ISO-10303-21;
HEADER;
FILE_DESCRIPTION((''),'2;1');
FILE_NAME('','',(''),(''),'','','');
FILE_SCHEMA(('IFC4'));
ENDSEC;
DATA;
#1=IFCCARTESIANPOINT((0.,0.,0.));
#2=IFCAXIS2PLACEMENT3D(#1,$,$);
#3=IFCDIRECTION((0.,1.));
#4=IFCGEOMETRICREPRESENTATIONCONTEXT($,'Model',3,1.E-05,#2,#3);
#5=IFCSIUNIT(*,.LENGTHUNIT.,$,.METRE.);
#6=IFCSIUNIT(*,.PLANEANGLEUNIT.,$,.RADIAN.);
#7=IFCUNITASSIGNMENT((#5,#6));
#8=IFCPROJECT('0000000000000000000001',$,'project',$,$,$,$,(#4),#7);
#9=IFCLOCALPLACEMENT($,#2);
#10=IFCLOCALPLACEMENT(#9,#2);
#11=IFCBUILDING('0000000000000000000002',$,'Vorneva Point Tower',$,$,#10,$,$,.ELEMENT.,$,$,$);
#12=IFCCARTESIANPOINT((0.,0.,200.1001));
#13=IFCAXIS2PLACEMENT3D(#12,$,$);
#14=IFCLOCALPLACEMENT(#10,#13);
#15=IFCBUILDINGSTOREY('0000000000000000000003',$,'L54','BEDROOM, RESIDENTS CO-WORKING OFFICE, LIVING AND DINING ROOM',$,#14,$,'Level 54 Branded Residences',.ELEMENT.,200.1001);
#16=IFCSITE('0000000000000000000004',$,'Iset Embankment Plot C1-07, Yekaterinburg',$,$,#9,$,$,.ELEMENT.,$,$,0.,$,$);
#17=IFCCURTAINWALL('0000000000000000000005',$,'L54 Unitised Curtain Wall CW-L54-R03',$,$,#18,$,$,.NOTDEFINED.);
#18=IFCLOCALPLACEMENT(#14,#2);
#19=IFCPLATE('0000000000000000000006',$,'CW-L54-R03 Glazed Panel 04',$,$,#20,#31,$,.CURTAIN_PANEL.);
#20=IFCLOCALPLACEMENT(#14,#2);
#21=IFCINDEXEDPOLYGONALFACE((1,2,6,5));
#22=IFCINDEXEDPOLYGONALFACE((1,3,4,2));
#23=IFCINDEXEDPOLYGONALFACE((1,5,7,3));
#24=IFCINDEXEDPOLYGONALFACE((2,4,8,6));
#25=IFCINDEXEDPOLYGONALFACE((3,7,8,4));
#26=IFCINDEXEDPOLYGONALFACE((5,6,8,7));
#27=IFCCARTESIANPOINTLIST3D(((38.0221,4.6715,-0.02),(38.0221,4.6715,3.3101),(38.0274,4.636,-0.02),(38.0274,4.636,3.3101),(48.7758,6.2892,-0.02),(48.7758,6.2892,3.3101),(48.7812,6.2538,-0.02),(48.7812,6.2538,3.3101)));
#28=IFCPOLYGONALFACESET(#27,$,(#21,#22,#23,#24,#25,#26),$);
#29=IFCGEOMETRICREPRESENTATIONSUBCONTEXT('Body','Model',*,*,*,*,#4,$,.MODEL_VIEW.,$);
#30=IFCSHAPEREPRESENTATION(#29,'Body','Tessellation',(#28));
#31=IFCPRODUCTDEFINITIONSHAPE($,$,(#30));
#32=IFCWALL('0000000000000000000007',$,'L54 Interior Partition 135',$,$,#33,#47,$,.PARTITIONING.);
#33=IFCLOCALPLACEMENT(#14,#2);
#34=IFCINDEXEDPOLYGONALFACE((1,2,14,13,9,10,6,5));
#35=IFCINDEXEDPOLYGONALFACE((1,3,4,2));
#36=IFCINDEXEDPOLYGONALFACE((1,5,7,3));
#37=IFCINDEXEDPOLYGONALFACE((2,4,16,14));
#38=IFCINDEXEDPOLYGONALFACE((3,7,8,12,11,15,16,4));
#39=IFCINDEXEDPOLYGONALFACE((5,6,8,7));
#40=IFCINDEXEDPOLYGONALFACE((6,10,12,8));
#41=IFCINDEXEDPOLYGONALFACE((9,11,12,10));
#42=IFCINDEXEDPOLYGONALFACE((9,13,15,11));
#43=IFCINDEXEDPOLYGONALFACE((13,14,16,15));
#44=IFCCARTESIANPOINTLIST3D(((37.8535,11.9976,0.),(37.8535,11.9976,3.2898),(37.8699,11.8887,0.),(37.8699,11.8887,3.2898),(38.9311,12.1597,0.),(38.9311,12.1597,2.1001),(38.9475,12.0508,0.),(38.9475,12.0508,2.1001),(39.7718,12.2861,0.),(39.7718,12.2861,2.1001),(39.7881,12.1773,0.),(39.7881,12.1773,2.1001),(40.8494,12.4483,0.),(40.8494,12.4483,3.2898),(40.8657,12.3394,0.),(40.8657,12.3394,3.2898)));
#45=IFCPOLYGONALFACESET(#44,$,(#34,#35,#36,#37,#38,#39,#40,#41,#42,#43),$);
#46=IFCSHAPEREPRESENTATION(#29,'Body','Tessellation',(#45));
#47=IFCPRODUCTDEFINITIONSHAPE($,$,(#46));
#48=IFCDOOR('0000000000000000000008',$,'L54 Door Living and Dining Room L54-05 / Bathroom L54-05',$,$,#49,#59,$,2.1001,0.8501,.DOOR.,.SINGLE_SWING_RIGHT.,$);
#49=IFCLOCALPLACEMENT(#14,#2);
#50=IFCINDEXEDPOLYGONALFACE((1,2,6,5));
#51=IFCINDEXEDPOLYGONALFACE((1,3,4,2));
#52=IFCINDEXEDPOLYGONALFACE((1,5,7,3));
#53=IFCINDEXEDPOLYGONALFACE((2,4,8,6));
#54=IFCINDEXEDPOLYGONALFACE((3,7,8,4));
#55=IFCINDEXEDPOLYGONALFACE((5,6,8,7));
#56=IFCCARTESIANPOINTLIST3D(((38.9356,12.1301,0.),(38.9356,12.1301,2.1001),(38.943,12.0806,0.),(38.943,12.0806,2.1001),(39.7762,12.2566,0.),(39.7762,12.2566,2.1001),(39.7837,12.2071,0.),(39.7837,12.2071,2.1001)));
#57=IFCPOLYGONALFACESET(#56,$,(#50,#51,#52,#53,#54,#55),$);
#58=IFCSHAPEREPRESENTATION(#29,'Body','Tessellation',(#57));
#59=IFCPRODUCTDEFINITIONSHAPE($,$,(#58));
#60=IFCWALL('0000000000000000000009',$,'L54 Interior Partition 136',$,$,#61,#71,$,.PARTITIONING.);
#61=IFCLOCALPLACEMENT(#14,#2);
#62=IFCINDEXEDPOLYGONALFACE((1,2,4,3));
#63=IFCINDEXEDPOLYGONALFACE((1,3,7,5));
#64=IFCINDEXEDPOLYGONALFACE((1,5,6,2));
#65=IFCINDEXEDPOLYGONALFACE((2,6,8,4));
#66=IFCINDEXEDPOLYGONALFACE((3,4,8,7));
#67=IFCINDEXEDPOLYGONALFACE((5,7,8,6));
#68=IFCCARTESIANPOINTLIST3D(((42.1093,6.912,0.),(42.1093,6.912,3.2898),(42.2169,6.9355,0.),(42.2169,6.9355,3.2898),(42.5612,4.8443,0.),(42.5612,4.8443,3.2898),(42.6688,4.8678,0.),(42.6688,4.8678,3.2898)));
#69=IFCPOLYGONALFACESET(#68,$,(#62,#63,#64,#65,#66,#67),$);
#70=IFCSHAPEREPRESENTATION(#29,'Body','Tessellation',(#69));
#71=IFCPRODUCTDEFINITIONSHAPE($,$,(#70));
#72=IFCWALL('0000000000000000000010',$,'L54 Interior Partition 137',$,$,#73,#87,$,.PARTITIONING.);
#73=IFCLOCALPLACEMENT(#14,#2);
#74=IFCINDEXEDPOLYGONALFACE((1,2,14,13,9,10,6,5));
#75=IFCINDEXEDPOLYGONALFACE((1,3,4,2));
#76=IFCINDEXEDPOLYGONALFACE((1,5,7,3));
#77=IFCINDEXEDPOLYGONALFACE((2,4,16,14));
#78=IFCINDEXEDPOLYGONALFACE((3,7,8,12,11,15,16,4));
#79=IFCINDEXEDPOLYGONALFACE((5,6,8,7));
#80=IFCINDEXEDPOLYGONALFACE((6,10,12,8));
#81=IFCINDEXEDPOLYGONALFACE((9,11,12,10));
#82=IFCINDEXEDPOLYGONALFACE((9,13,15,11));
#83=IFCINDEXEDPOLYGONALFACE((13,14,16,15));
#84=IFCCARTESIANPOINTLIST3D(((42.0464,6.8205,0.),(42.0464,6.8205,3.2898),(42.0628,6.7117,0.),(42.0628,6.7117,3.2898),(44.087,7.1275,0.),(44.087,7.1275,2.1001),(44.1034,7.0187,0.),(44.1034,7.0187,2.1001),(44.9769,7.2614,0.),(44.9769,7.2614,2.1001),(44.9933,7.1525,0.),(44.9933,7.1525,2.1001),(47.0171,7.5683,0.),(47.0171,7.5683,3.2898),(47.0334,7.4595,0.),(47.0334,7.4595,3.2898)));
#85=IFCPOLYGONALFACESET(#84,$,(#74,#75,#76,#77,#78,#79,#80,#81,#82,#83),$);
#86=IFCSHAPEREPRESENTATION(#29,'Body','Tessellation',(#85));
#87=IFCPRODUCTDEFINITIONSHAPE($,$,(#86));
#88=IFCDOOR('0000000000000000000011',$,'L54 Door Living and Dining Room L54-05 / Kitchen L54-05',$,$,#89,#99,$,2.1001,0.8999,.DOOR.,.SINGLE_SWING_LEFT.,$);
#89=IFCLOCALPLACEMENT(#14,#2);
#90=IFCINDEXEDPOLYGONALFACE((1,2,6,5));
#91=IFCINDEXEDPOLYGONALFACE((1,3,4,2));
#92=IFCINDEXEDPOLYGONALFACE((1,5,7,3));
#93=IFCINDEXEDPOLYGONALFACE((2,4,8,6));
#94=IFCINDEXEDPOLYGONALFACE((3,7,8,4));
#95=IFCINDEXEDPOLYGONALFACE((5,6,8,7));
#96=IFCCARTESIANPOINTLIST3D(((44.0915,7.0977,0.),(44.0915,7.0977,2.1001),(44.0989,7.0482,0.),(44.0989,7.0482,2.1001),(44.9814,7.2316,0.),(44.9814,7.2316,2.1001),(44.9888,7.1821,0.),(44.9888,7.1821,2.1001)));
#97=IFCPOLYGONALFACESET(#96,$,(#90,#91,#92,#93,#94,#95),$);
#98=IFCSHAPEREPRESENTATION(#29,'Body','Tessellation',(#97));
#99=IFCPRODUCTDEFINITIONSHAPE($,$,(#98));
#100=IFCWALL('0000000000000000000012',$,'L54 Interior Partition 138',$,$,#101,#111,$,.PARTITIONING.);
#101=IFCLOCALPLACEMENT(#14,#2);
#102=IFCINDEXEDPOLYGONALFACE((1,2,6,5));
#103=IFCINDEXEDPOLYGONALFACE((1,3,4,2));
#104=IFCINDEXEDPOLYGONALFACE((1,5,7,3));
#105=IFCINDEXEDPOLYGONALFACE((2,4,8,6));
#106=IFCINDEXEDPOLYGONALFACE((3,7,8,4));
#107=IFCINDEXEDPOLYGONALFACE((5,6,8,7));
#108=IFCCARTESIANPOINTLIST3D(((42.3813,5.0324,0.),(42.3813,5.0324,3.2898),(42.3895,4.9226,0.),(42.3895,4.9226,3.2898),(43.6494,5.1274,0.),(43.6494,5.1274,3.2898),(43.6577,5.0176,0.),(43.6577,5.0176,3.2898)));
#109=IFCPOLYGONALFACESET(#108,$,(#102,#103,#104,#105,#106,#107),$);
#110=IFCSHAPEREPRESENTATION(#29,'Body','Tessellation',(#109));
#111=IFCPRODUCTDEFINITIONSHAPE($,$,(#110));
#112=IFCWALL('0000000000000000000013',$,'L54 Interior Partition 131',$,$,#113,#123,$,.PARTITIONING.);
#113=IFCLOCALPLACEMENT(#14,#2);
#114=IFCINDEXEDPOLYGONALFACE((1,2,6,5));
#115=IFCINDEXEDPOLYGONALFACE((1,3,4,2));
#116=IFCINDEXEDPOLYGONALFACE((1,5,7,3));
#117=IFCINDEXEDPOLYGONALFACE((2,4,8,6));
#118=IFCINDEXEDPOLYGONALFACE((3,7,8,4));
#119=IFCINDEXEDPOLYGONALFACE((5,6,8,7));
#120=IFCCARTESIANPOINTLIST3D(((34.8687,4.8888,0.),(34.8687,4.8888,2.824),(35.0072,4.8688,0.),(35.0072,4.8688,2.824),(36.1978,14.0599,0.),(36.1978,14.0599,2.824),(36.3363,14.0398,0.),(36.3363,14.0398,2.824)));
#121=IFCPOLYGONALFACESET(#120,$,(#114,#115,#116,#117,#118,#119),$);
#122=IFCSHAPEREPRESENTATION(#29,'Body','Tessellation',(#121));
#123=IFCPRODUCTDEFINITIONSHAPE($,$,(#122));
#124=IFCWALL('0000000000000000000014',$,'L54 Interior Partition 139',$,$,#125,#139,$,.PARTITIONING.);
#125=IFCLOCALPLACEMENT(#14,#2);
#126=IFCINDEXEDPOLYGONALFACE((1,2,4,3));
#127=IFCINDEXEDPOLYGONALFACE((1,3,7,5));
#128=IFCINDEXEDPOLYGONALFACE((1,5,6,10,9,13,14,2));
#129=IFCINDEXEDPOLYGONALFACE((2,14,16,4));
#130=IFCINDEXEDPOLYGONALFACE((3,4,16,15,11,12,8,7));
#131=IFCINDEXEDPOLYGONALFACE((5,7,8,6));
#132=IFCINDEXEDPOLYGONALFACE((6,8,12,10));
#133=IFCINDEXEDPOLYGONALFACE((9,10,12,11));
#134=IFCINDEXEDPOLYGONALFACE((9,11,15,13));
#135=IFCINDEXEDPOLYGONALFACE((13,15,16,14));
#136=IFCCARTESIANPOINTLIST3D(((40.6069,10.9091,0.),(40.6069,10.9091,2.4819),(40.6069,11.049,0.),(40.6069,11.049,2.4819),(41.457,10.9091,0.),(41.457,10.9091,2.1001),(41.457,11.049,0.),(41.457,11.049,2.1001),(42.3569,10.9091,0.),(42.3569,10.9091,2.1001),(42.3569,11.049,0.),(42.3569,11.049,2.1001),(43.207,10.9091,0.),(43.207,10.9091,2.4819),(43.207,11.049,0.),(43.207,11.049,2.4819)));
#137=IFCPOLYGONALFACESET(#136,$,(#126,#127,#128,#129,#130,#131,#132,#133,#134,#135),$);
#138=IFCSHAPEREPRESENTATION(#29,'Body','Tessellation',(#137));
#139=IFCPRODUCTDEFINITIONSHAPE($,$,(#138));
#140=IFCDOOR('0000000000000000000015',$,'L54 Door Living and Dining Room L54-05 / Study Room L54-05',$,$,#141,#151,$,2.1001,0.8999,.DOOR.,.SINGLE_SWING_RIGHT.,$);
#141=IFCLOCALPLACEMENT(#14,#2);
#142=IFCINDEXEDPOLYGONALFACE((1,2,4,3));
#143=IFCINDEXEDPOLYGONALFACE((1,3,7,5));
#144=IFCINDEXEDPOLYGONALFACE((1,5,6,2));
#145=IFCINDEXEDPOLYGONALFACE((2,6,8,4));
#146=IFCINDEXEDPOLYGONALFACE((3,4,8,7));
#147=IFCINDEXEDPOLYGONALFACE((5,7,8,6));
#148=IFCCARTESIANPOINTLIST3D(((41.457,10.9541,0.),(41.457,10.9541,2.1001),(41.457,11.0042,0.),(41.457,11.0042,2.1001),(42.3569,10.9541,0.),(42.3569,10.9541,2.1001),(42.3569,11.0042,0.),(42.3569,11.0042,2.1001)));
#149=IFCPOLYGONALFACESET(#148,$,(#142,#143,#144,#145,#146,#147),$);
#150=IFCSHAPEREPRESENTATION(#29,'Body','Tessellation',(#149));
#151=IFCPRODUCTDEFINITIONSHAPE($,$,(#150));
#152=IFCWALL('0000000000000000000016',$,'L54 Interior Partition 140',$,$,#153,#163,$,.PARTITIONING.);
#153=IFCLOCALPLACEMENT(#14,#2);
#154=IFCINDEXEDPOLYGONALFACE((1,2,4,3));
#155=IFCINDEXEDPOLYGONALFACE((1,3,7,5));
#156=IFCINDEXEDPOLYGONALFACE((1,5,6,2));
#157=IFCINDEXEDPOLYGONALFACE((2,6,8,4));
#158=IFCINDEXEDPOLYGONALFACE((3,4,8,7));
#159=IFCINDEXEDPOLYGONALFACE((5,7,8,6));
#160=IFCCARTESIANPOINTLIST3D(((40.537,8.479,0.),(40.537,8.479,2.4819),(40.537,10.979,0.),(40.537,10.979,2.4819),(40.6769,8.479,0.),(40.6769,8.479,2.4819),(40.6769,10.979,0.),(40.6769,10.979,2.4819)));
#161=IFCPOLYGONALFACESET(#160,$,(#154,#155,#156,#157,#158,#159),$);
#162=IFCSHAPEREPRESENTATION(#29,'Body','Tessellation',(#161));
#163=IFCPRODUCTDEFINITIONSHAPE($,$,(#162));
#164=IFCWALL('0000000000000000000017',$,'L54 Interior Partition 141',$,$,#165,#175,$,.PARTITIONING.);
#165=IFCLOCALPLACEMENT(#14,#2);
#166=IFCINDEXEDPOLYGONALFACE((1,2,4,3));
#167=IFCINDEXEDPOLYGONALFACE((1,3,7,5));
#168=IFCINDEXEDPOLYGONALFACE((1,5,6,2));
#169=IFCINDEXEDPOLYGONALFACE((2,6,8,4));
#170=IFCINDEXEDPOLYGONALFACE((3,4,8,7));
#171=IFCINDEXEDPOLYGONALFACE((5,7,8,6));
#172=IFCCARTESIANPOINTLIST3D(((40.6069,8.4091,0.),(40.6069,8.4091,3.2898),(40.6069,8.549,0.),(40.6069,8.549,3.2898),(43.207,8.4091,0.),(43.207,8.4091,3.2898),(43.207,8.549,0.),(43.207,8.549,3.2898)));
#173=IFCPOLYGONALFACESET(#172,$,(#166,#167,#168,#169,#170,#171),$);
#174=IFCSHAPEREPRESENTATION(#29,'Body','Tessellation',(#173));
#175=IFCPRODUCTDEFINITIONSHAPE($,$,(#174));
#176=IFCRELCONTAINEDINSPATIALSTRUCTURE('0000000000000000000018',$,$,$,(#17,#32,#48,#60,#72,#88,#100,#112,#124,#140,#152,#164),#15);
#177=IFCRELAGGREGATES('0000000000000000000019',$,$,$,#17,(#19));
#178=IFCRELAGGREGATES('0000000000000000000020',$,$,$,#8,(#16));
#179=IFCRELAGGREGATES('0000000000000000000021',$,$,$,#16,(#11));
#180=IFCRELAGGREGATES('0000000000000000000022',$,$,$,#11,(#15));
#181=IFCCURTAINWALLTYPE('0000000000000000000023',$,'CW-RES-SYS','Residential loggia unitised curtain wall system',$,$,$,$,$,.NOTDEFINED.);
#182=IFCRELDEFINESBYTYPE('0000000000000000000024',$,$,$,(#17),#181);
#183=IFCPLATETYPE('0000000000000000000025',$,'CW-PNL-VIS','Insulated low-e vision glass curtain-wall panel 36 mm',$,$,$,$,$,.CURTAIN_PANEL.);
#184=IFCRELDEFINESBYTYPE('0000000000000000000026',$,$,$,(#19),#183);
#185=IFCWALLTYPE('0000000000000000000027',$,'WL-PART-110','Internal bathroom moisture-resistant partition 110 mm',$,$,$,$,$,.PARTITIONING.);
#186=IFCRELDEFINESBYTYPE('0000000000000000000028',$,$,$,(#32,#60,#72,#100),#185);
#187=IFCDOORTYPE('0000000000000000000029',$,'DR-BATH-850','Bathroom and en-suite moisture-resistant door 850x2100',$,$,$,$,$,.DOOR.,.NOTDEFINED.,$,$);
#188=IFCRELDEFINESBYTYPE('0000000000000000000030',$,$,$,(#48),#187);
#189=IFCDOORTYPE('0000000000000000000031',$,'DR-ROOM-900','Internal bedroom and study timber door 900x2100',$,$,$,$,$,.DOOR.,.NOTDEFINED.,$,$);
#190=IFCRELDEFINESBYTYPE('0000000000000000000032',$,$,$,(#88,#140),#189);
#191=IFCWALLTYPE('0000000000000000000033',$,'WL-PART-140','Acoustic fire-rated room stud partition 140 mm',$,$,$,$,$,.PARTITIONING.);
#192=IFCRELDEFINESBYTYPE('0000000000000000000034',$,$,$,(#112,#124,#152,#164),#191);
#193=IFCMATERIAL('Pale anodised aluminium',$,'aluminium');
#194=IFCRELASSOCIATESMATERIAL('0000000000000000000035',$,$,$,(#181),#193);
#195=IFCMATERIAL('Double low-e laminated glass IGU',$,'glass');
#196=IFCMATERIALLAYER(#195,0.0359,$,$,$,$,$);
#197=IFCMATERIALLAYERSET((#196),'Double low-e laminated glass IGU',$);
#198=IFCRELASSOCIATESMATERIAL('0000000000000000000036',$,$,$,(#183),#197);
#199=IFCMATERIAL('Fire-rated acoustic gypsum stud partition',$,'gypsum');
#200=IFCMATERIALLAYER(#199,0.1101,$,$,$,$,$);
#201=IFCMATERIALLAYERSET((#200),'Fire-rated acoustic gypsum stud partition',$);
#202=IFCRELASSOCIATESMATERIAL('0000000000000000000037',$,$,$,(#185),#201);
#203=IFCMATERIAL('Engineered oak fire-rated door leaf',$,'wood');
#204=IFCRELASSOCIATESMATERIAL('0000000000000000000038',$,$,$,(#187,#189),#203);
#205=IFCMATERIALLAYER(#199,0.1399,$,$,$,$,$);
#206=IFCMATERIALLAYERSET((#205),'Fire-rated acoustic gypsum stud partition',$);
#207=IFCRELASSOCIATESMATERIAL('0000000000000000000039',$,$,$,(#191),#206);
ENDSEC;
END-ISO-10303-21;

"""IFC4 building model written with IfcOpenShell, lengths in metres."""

from ifc_helpers import new_model, si_unit, direction, frame, frame_2d, origin, origin_2d, place, context, subcontext, project, spatial, rectangle, extrude, material, layer, layer_set, type_object, element, fill, aggregate, save


model = new_model("IFC4")

# Units and contexts
model_context = context("Model", 3, precision=1e-05, world=origin(), true_north=direction((0.0, 1.0)))
body_context = subcontext(model_context, "Body", "Model", "MODEL_VIEW")
ifc_project = project(units=[si_unit("LENGTHUNIT", "METRE"), si_unit("PLANEANGLEUNIT", "RADIAN")], contexts=[model_context])

# Site, building, storey
site_placement = place(None, origin())
site = spatial("IfcSite", under=ifc_project, at=site_placement, Name="Iset Embankment Plot C1-07, Yekaterinburg", CompositionType="ELEMENT", RefElevation=0.0)
building_placement = place(site_placement, origin())
building = spatial("IfcBuilding", under=site, at=building_placement, Name="Vorneva Point Tower", CompositionType="ELEMENT")
storey_placement = place(building_placement, frame((0.0, 0.0, 200.1001)))
storey = spatial("IfcBuildingStorey", under=building, at=storey_placement, Name="L54", Description="BEDROOM, RESIDENTS CO-WORKING OFFICE, LIVING AND DINING ROOM", LongName="Level 54 Branded Residences", CompositionType="ELEMENT", Elevation=200.1001)

# Curtain wall, plate
ifc_material_1 = material(Name="Pale anodised aluminium", Category="aluminium")
curtain_wall_type = type_object("IfcCurtainWallType", Name="CW-RES-SYS", Description="Residential loggia unitised curtain wall system", PredefinedType="NOTDEFINED", material=ifc_material_1)
curtain_wall_placement = place(storey_placement, origin())
curtain_wall = element("IfcCurtainWall", 1, at=curtain_wall_placement, inside=storey, type_object=curtain_wall_type, Name="L54 Unitised Curtain Wall CW-L54-R03", PredefinedType="NOTDEFINED")
ifc_material_2 = material(Name="Double low-e laminated glass IGU", Category="glass")
ifc_layer_1 = layer(ifc_material_2, 0.0359)
ifc_layer_set_1 = layer_set([ifc_layer_1], Name="Double low-e laminated glass IGU")
plate_type = type_object("IfcPlateType", Name="CW-PNL-VIS", Description="Insulated low-e vision glass curtain-wall panel 36 mm", PredefinedType="CURTAIN_PANEL", material=ifc_layer_set_1)
plate_1_placement = place(storey_placement, frame((43.4016, 5.4626, -0.02), z_axis=(0.0, 0.0, 1.0), x_axis=(0.988874, 0.148759, 0.0)))
plate_1 = element("IfcPlate", 2, at=plate_1_placement, type_object=plate_type, Name="CW-L54-R03 Glazed Panel 04", PredefinedType="CURTAIN_PANEL", context=body_context, shape_type="SweptSolid", body=[
    extrude(rectangle(XDim=10.8748, YDim=0.0359, at=origin_2d()), origin(), (0.0, 0.0, 1.0), 3.3301),
])
aggregate(curtain_wall, [plate_1])

# Wall, opening, door
ifc_material_3 = material(Name="Fire-rated acoustic gypsum stud partition", Category="gypsum")
ifc_layer_2 = layer(ifc_material_3, 0.1101)
ifc_layer_set_2 = layer_set([ifc_layer_2], Name="Fire-rated acoustic gypsum stud partition")
wall_type_1 = type_object("IfcWallType", Name="WL-PART-110", Description="Internal bathroom moisture-resistant partition 110 mm", PredefinedType="PARTITIONING", material=ifc_layer_set_2)
wall_1_placement = place(storey_placement, frame((40.8574, 12.3938, 0.0), z_axis=(0.0, 0.0, 1.0), x_axis=(-0.988873, -0.148762, 0.0)))
wall_1 = element("IfcWall", 3, at=wall_1_placement, inside=storey, type_object=wall_type_1, Name="L54 Interior Partition 135", PredefinedType="PARTITIONING", context=body_context, shape_type="SweptSolid", body=[
    extrude(rectangle(XDim=3.0295, YDim=0.1101, at=frame_2d((1.5146, 0.0))), origin(), (0.0, 0.0, 1.0), 3.2898),
])
opening_1_placement = place(wall_1_placement, frame((1.0896, 0.0, 0.0)))
opening_1 = element("IfcOpeningElement", 4, at=opening_1_placement, cuts=wall_1, PredefinedType="OPENING", context=body_context, shape_type="SweptSolid", body=[
    extrude(rectangle(XDim=0.8501, YDim=2.1001, at=frame_2d((0.425, 1.05))), frame((0.0, 0.0698, 0.0), z_axis=(0.0, -1.0, 0.0), x_axis=(1.0, 0.0, 0.0)), (0.0, 0.0, 1.0), 0.1399),
])
ifc_material_4 = material(Name="Engineered oak fire-rated door leaf", Category="wood")
door_type_1 = type_object("IfcDoorType", Name="DR-BATH-850", Description="Bathroom and en-suite moisture-resistant door 850x2100", OperationType="NOTDEFINED", PredefinedType="DOOR", material=ifc_material_4)
door_1_placement = place(opening_1_placement, origin())
door_1 = element("IfcDoor", 5, at=door_1_placement, inside=storey, type_object=door_type_1, Name="L54 Door Living and Dining Room L54-05 / Bathroom L54-05", OperationType="SINGLE_SWING_RIGHT", OverallHeight=2.1001, OverallWidth=0.8501, PredefinedType="DOOR", context=body_context, shape_type="SweptSolid", body=[
    extrude(rectangle(XDim=0.8501, YDim=2.1001, at=frame_2d((0.425, 1.05))), frame((0.0, 0.0249, 0.0), z_axis=(0.0, -1.0, 0.0), x_axis=(1.0, 0.0, 0.0)), (0.0, 0.0, 1.0), 0.05),
])
fill(opening_1, door_1)

# Wall
wall_2_placement = place(storey_placement, frame((42.615, 4.8562, 0.0), z_axis=(0.0, 0.0, 1.0), x_axis=(-0.213521, 0.976938, 0.0)))
element("IfcWall", 6, at=wall_2_placement, inside=storey, type_object=wall_type_1, Name="L54 Interior Partition 136", PredefinedType="PARTITIONING", context=body_context, shape_type="SweptSolid", body=[
    extrude(rectangle(XDim=2.1165, YDim=0.1101, at=frame_2d((1.0581, 0.0))), origin(), (0.0, 0.0, 1.0), 3.2898),
])

# Wall, opening, door
wall_3_placement = place(storey_placement, frame((42.0547, 6.7661, 0.0), z_axis=(0.0, 0.0, 1.0), x_axis=(0.988872, 0.148768, 0.0)))
wall_3 = element("IfcWall", 7, at=wall_3_placement, inside=storey, type_object=wall_type_1, Name="L54 Interior Partition 137", PredefinedType="PARTITIONING", context=body_context, shape_type="SweptSolid", body=[
    extrude(rectangle(XDim=5.0266, YDim=0.1101, at=frame_2d((2.5132, 0.0))), origin(), (0.0, 0.0, 1.0), 3.2898),
])
opening_2_placement = place(wall_3_placement, frame((2.0635, 0.0, 0.0)))
opening_2 = element("IfcOpeningElement", 8, at=opening_2_placement, cuts=wall_3, PredefinedType="OPENING", context=body_context, shape_type="SweptSolid", body=[
    extrude(rectangle(XDim=0.8999, YDim=2.1001, at=frame_2d((0.45, 1.05))), frame((0.0, 0.0698, 0.0), z_axis=(0.0, -1.0, 0.0), x_axis=(1.0, 0.0, 0.0)), (0.0, 0.0, 1.0), 0.1399),
])
door_type_2 = type_object("IfcDoorType", Name="DR-ROOM-900", Description="Internal bedroom and study timber door 900x2100", OperationType="NOTDEFINED", PredefinedType="DOOR", material=ifc_material_4)
door_2_placement = place(opening_2_placement, origin())
door_2 = element("IfcDoor", 9, at=door_2_placement, inside=storey, type_object=door_type_2, Name="L54 Door Living and Dining Room L54-05 / Kitchen L54-05", OperationType="SINGLE_SWING_LEFT", OverallHeight=2.1001, OverallWidth=0.8999, PredefinedType="DOOR", context=body_context, shape_type="SweptSolid", body=[
    extrude(rectangle(XDim=0.8999, YDim=2.1001, at=frame_2d((0.45, 1.05))), frame((0.0, 0.0249, 0.0), z_axis=(0.0, -1.0, 0.0), x_axis=(1.0, 0.0, 0.0)), (0.0, 0.0, 1.0), 0.05),
])
fill(opening_2, door_2)

# Walls
wall_4_placement = place(storey_placement, frame((42.3855, 4.9775, 0.0), z_axis=(0.0, 0.0, 1.0), x_axis=(0.997207, 0.074685, 0.0)))
element("IfcWall", 10, at=wall_4_placement, inside=storey, type_object=wall_type_1, Name="L54 Interior Partition 138", PredefinedType="PARTITIONING", context=body_context, shape_type="SweptSolid", body=[
    extrude(rectangle(XDim=1.2717, YDim=0.1101, at=frame_2d((0.6357, 0.0))), origin(), (0.0, 0.0, 1.0), 3.2898),
])
ifc_layer_3 = layer(ifc_material_3, 0.1399)
ifc_layer_set_3 = layer_set([ifc_layer_3], Name="Fire-rated acoustic gypsum stud partition")
wall_type_2 = type_object("IfcWallType", Name="WL-PART-140", Description="Acoustic fire-rated room stud partition 140 mm", PredefinedType="PARTITIONING", material=ifc_layer_set_3)
wall_5_placement = place(storey_placement, frame((34.938, 4.8789, 0.0), z_axis=(0.0, 0.0, 1.0), x_axis=(0.143424, 0.989661, 0.0)))
element("IfcWall", 11, at=wall_5_placement, inside=storey, type_object=wall_type_2, Name="L54 Interior Partition 131", PredefinedType="PARTITIONING", context=body_context, shape_type="SweptSolid", body=[
    extrude(rectangle(XDim=9.2668, YDim=0.1399, at=frame_2d((4.6333, 0.0))), origin(), (0.0, 0.0, 1.0), 2.824),
])

# Wall, opening, door
wall_6_placement = place(storey_placement, frame((43.207, 10.979, 0.0), z_axis=(0.0, 0.0, 1.0), x_axis=(-1.0, 0.0, 0.0)))
wall_6 = element("IfcWall", 12, at=wall_6_placement, inside=storey, type_object=wall_type_2, Name="L54 Interior Partition 139", PredefinedType="PARTITIONING", context=body_context, shape_type="SweptSolid", body=[
    extrude(rectangle(XDim=2.6001, YDim=0.1399, at=frame_2d((1.3, 0.0))), origin(), (0.0, 0.0, 1.0), 2.4819),
])
opening_3_placement = place(wall_6_placement, frame((0.8501, 0.0, 0.0)))
opening_3 = element("IfcOpeningElement", 13, at=opening_3_placement, cuts=wall_6, PredefinedType="OPENING", context=body_context, shape_type="SweptSolid", body=[
    extrude(rectangle(XDim=0.8999, YDim=2.1001, at=frame_2d((0.45, 1.05))), frame((0.0, 0.085, 0.0), z_axis=(0.0, -1.0, 0.0), x_axis=(1.0, 0.0, 0.0)), (0.0, 0.0, 1.0), 0.1697),
])
door_3_placement = place(opening_3_placement, origin())
door_3 = element("IfcDoor", 14, at=door_3_placement, inside=storey, type_object=door_type_2, Name="L54 Door Living and Dining Room L54-05 / Study Room L54-05", OperationType="SINGLE_SWING_RIGHT", OverallHeight=2.1001, OverallWidth=0.8999, PredefinedType="DOOR", context=body_context, shape_type="SweptSolid", body=[
    extrude(rectangle(XDim=0.8999, YDim=2.1001, at=frame_2d((0.45, 1.05))), frame((0.0, 0.0249, 0.0), z_axis=(0.0, -1.0, 0.0), x_axis=(1.0, 0.0, 0.0)), (0.0, 0.0, 1.0), 0.05),
])
fill(opening_3, door_3)

# Walls
wall_7_placement = place(storey_placement, frame((40.6069, 10.979, 0.0), z_axis=(0.0, 0.0, 1.0), x_axis=(0.0, -1.0, 0.0)))
element("IfcWall", 15, at=wall_7_placement, inside=storey, type_object=wall_type_2, Name="L54 Interior Partition 140", PredefinedType="PARTITIONING", context=body_context, shape_type="SweptSolid", body=[
    extrude(rectangle(XDim=2.5, YDim=0.1399, at=frame_2d((1.25, 0.0))), origin(), (0.0, 0.0, 1.0), 2.4819),
])
wall_8_placement = place(storey_placement, frame((40.6069, 8.479, 0.0), z_axis=(0.0, 0.0, 1.0), x_axis=(1.0, 0.0, 0.0)))
element("IfcWall", 16, at=wall_8_placement, inside=storey, type_object=wall_type_2, Name="L54 Interior Partition 141", PredefinedType="PARTITIONING", context=body_context, shape_type="SweptSolid", body=[
    extrude(rectangle(XDim=2.6001, YDim=0.1399, at=frame_2d((1.3, 0.0))), origin(), (0.0, 0.0, 1.0), 3.2898),
])

save(model, "model.ifc")
